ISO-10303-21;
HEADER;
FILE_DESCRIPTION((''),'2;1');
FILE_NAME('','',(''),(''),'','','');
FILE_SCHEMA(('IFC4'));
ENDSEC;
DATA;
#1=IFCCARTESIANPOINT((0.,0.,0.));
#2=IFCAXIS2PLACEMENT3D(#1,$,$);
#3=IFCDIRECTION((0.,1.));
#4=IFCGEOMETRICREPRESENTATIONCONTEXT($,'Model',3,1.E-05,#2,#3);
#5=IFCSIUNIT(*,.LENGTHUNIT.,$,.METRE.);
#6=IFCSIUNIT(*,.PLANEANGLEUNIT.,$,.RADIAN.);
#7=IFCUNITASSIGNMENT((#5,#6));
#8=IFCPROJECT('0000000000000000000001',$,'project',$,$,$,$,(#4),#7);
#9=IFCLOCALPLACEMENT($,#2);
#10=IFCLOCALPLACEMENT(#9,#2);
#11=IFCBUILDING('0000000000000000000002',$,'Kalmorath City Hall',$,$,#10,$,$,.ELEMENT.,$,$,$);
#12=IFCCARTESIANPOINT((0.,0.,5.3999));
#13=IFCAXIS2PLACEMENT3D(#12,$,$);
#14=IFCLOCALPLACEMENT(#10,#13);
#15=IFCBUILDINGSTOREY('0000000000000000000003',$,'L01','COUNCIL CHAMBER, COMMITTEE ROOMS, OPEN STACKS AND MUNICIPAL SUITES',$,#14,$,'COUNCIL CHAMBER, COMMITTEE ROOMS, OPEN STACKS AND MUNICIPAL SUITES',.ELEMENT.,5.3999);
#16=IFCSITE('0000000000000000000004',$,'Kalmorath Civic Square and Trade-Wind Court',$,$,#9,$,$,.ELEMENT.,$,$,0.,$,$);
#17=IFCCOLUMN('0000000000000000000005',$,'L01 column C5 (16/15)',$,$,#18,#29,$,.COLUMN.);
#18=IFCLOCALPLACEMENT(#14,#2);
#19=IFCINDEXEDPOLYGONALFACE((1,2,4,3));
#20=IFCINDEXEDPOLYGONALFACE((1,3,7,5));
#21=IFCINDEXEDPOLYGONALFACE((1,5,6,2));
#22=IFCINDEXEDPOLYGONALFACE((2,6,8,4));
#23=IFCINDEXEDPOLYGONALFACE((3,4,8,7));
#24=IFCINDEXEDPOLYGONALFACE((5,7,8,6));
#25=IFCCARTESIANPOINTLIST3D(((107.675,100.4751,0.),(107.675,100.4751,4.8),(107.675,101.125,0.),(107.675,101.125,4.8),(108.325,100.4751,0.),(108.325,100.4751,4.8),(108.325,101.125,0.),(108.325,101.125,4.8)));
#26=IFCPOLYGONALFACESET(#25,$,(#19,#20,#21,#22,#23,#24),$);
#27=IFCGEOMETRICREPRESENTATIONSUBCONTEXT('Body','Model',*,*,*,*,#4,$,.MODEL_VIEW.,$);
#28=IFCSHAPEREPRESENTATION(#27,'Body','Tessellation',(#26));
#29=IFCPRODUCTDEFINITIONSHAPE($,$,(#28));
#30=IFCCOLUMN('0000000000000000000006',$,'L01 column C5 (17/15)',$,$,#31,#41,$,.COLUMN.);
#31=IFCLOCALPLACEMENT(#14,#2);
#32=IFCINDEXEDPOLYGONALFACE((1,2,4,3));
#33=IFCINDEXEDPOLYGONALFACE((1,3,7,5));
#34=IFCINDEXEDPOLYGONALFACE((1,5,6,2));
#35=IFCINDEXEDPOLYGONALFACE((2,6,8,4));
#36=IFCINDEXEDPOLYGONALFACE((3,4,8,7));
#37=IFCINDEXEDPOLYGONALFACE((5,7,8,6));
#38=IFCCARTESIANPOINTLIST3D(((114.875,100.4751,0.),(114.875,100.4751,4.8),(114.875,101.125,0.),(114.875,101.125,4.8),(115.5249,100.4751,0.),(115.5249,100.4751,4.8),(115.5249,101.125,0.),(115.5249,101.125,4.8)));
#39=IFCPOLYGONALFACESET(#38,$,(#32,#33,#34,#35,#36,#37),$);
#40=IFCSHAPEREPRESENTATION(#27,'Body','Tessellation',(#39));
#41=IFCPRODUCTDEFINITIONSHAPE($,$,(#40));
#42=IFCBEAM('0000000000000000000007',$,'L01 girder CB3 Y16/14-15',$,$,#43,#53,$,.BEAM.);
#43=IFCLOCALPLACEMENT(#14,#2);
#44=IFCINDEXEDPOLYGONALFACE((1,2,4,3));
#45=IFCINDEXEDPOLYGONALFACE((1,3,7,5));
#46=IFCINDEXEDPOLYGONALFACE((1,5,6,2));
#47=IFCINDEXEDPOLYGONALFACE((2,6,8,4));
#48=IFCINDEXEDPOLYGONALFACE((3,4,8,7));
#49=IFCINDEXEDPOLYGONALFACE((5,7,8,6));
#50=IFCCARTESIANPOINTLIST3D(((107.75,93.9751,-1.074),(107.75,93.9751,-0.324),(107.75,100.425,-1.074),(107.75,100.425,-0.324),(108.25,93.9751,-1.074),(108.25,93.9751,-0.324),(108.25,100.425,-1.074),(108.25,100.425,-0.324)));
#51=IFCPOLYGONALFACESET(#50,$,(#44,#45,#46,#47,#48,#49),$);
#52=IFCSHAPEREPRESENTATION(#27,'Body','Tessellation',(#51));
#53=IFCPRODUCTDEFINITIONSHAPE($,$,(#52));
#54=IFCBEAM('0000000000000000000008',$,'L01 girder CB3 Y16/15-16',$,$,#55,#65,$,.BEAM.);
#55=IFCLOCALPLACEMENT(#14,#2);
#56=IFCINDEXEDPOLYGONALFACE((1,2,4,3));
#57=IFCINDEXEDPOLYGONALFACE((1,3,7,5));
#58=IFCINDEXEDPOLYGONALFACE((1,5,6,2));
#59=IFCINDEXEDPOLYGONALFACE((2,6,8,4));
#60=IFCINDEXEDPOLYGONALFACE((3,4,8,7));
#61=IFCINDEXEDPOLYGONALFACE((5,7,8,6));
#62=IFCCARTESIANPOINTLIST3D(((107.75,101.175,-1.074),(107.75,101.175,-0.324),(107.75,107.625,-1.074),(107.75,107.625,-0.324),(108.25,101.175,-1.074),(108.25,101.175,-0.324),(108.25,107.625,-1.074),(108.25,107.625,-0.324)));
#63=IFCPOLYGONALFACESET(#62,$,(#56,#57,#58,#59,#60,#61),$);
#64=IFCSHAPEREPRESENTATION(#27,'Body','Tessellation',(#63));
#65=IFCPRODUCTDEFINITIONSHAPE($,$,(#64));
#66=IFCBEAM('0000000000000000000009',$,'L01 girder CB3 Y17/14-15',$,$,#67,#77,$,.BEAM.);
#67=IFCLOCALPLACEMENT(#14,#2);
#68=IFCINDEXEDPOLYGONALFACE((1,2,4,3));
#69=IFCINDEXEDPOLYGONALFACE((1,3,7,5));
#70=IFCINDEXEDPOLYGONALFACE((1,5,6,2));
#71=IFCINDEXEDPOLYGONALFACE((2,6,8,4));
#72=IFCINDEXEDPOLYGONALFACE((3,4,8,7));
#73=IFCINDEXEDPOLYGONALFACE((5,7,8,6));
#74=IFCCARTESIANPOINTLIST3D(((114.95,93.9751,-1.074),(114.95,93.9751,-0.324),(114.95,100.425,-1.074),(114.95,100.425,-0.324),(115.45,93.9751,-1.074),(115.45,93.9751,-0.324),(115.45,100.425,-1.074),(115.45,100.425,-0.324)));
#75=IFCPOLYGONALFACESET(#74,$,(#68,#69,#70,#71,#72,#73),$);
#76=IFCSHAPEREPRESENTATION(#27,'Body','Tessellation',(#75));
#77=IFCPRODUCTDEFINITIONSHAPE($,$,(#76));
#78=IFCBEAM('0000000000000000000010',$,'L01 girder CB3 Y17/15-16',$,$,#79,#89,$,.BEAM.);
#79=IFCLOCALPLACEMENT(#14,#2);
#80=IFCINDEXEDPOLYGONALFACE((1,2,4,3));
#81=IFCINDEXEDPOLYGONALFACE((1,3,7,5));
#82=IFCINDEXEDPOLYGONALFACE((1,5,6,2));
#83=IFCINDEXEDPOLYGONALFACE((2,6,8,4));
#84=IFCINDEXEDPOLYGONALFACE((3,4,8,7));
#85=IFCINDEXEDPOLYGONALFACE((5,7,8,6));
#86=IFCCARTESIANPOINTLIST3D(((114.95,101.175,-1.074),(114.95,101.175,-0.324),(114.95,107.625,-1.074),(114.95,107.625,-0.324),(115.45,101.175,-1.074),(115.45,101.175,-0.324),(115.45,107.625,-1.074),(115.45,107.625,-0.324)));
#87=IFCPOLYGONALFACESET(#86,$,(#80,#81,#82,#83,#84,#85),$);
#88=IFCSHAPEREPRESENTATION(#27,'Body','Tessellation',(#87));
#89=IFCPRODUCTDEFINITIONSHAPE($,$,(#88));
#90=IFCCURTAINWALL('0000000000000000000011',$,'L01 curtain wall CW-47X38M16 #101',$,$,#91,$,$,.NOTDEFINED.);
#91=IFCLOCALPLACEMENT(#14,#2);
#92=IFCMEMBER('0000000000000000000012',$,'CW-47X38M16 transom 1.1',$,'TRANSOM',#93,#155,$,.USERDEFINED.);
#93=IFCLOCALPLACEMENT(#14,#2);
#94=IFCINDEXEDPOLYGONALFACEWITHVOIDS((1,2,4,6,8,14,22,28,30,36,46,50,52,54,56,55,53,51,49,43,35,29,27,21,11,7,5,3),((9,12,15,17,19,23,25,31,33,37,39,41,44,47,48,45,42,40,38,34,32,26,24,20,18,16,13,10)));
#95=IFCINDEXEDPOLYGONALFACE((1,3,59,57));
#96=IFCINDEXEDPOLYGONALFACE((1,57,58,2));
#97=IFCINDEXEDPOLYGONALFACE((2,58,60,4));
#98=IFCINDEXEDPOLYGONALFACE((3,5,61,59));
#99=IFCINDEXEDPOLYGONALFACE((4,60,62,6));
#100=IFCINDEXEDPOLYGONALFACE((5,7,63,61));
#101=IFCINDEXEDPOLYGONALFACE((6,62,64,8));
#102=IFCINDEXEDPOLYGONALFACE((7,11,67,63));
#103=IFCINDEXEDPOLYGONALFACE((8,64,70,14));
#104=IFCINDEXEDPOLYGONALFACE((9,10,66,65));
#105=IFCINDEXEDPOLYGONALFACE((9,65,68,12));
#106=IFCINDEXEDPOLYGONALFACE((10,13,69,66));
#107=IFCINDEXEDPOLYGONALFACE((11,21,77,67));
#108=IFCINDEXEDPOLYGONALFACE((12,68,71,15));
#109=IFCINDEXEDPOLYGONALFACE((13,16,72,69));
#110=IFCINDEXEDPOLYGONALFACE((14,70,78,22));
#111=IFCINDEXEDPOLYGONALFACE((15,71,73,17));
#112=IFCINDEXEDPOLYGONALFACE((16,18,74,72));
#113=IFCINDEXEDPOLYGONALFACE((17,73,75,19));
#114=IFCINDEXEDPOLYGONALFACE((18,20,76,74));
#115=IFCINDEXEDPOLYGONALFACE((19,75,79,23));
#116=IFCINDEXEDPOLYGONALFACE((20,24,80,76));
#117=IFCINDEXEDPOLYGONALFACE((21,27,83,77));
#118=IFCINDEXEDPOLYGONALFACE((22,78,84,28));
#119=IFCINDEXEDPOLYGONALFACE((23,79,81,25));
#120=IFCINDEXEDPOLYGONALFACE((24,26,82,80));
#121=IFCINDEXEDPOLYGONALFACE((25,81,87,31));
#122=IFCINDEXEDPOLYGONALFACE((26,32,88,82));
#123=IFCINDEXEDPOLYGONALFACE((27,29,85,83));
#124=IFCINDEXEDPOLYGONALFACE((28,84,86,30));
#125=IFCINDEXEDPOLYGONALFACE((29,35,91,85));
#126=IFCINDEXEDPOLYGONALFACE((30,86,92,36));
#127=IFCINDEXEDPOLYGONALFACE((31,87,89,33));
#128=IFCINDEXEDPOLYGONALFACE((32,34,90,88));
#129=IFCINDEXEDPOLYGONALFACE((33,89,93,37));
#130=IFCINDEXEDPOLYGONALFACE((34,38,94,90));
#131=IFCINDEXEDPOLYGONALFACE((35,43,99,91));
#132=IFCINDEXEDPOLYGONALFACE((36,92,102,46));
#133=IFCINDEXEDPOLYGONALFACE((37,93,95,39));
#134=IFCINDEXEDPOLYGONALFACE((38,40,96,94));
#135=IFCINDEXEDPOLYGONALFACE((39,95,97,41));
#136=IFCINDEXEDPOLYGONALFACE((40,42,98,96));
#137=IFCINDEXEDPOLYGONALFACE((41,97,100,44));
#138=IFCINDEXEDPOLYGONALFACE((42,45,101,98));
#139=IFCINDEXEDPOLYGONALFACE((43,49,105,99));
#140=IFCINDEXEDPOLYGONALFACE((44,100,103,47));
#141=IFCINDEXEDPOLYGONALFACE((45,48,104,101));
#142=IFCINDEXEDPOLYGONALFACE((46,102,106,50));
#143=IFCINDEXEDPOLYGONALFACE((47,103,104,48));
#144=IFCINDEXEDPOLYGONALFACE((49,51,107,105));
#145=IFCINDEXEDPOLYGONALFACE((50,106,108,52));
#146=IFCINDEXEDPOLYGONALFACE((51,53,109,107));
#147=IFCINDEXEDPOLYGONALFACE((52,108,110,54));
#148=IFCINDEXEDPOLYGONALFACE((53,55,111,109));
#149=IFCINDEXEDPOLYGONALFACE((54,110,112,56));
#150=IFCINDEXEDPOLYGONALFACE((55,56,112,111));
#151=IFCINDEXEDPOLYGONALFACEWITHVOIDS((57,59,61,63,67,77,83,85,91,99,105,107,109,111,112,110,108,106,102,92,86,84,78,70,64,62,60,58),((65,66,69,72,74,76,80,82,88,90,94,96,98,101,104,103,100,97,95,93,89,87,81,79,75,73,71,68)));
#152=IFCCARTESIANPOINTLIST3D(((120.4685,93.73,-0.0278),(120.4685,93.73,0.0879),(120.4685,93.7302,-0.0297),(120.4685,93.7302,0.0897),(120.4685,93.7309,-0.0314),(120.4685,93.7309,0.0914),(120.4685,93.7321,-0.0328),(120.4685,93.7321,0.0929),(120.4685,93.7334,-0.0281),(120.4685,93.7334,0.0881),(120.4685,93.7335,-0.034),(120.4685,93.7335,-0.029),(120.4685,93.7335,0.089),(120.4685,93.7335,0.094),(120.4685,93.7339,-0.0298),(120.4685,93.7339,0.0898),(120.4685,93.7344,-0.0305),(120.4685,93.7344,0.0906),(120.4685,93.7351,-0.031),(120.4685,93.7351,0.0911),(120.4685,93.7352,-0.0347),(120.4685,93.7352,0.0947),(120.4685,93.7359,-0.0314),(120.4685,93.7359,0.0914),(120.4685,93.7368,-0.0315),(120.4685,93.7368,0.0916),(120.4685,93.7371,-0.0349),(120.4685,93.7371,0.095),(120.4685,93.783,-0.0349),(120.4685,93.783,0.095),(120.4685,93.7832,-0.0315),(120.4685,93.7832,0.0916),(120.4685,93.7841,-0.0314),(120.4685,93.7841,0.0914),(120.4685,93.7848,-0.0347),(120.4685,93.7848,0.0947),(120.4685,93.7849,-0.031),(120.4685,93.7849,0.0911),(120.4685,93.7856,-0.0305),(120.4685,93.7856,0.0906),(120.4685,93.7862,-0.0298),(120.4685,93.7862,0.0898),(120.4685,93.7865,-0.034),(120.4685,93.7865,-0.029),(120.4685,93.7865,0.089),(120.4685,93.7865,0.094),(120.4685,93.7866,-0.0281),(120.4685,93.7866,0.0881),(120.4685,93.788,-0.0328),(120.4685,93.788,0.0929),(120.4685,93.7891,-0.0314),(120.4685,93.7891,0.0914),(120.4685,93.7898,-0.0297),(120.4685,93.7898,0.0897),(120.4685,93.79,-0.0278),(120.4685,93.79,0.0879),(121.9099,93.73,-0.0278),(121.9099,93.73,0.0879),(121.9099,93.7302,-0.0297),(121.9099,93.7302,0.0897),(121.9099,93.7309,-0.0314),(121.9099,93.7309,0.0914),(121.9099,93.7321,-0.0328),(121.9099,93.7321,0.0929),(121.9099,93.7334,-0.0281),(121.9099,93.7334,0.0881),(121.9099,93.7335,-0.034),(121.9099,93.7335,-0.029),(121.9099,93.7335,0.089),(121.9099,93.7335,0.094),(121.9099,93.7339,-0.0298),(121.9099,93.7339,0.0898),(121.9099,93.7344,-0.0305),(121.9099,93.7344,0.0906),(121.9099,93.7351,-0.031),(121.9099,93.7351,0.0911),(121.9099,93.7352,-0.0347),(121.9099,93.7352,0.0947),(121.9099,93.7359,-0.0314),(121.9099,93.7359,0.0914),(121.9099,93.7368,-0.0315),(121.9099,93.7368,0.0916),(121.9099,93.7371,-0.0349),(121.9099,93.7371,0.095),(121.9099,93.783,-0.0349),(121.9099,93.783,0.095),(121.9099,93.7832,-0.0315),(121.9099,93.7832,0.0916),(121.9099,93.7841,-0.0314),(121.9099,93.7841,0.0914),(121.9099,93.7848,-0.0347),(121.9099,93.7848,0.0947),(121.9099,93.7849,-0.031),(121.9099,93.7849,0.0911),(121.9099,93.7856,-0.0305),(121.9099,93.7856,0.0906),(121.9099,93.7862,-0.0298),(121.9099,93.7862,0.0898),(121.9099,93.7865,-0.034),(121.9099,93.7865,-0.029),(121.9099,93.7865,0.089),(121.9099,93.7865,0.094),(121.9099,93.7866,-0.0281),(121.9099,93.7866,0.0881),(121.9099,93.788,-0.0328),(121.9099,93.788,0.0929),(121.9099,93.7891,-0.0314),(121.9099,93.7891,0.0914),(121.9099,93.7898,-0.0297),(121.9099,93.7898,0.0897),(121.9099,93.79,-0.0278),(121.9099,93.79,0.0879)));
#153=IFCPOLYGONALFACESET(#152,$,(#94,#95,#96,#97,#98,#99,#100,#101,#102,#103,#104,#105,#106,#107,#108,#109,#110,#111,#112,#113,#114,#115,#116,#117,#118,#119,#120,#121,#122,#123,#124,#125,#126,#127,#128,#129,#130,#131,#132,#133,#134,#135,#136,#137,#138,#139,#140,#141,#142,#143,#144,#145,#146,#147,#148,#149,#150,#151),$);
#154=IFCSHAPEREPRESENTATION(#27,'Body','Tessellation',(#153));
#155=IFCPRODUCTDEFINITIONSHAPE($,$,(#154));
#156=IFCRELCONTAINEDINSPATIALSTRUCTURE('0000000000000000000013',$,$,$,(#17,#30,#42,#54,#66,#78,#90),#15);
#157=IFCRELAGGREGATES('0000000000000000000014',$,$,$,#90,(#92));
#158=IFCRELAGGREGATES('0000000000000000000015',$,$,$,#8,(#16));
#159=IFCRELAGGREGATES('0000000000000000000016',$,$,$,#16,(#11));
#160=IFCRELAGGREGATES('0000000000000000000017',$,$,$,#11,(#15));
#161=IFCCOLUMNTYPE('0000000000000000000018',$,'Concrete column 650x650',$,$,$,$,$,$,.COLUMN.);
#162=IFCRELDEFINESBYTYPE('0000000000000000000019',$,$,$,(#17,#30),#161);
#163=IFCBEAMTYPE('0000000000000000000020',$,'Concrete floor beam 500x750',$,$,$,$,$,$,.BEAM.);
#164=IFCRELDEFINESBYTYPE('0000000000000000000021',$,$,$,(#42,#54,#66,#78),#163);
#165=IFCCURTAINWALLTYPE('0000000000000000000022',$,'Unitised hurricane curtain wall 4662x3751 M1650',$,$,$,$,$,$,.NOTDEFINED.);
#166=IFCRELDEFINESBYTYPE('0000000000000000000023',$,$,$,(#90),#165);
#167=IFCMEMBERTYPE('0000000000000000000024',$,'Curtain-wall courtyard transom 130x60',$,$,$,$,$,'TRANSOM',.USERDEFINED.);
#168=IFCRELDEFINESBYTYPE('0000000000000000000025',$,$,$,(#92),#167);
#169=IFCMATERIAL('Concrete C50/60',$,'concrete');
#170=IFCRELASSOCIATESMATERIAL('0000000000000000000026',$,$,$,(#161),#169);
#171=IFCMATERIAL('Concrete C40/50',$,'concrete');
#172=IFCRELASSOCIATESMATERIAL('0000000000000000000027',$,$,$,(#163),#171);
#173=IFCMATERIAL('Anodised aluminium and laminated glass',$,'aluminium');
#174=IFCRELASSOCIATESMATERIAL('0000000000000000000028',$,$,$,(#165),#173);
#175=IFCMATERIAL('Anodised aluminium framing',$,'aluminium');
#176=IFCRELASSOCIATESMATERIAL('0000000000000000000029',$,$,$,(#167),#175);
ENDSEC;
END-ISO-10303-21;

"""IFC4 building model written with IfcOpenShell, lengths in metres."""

from ifc_helpers import new_model, si_unit, direction, frame, origin, origin_2d, place, context, subcontext, project, spatial, rectangle, hollow_rectangle, extrude, material, material_profile, profile_set, type_object, element, aggregate, save


model = new_model("IFC4")

# Units and contexts
model_context = context("Model", 3, precision=1e-05, world=origin(), true_north=direction((0.0, 1.0)))
body_context = subcontext(model_context, "Body", "Model", "MODEL_VIEW")
ifc_project = project(units=[si_unit("LENGTHUNIT", "METRE"), si_unit("PLANEANGLEUNIT", "RADIAN")], contexts=[model_context])

# Site, building, storey
site_placement = place(None, origin())
site = spatial("IfcSite", under=ifc_project, at=site_placement, Name="Kalmorath Civic Square and Trade-Wind Court", CompositionType="ELEMENT", RefElevation=0.0)
building_placement = place(site_placement, origin())
building = spatial("IfcBuilding", under=site, at=building_placement, Name="Kalmorath City Hall", CompositionType="ELEMENT")
storey_placement = place(building_placement, frame((0.0, 0.0, 5.3999)))
storey = spatial("IfcBuildingStorey", under=building, at=storey_placement, Name="L01", Description="COUNCIL CHAMBER, COMMITTEE ROOMS, OPEN STACKS AND MUNICIPAL SUITES", LongName="COUNCIL CHAMBER, COMMITTEE ROOMS, OPEN STACKS AND MUNICIPAL SUITES", CompositionType="ELEMENT", Elevation=5.3999)

# Columns
ifc_material_1 = material(Name="Concrete C50/60", Category="concrete")
ifc_material_profile_1 = material_profile(ifc_material_1, rectangle(XDim=0.6499, YDim=0.6499, at=origin_2d()), Name="RC-COL-650X650")
ifc_profile_set_1 = profile_set([ifc_material_profile_1], Name="Concrete C50/60")
column_type = type_object("IfcColumnType", Name="Concrete column 650x650", PredefinedType="COLUMN", material=ifc_profile_set_1)
for number, where, z_axis, x_axis, name in (
    (1, (108.0, 100.8, 0.0), (0.0, 0.0, 1.0), (1.0, 0.0, 0.0), "L01 column C5 (16/15)"),
    (2, (115.2, 100.8, 0.0), (0.0, 0.0, 1.0), (1.0, 0.0, 0.0), "L01 column C5 (17/15)"),
):
    element("IfcColumn", number, at=place(storey_placement, frame(where, z_axis=z_axis, x_axis=x_axis)), inside=storey, type_object=column_type, Name=name, PredefinedType="COLUMN", context=body_context, shape_type="SweptSolid", body=[
        extrude(rectangle(XDim=0.6499, YDim=0.6499, at=origin_2d()), origin(), (0.0, 0.0, 1.0), 4.8),
    ])

# Beams
ifc_material_2 = material(Name="Concrete C40/50", Category="concrete")
ifc_material_profile_2 = material_profile(ifc_material_2, rectangle(XDim=0.5, YDim=0.75, at=origin_2d()), Name="RC-BM-500X750")
ifc_profile_set_2 = profile_set([ifc_material_profile_2], Name="Concrete C40/50")
beam_type_1 = type_object("IfcBeamType", Name="Concrete floor beam 500x750", PredefinedType="BEAM", material=ifc_profile_set_2)
for number, where, z_axis, x_axis, name in (
    (3, (108.0, 93.9751, -0.699), (0.0, 1.0, 0.0), (-1.0, 0.0, 0.0), "L01 girder CB3 Y16/14-15"),
    (4, (108.0, 101.175, -0.699), (0.0, 1.0, 0.0), (-1.0, 0.0, 0.0), "L01 girder CB3 Y16/15-16"),
    (5, (115.2, 93.9751, -0.699), (0.0, 1.0, 0.0), (-1.0, 0.0, 0.0), "L01 girder CB3 Y17/14-15"),
    (6, (115.2, 101.175, -0.699), (0.0, 1.0, 0.0), (-1.0, 0.0, 0.0), "L01 girder CB3 Y17/15-16"),
):
    element("IfcBeam", number, at=place(storey_placement, frame(where, z_axis=z_axis, x_axis=x_axis)), inside=storey, type_object=beam_type_1, Name=name, PredefinedType="BEAM", context=body_context, shape_type="SweptSolid", body=[
        extrude(rectangle(XDim=0.5, YDim=0.75, at=origin_2d()), origin(), (0.0, 0.0, 1.0), 6.45),
    ])

# Curtain wall, member
ifc_material_3 = material(Name="Anodised aluminium and laminated glass", Category="aluminium")
curtain_wall_type = type_object("IfcCurtainWallType", Name="Unitised hurricane curtain wall 4662x3751 M1650", PredefinedType="NOTDEFINED", material=ifc_material_3)
curtain_wall_placement = place(storey_placement, origin())
curtain_wall = element("IfcCurtainWall", 7, at=curtain_wall_placement, inside=storey, type_object=curtain_wall_type, Name="L01 curtain wall CW-47X38M16 #101", PredefinedType="NOTDEFINED")
ifc_material_4 = material(Name="Anodised aluminium framing", Category="aluminium")
ifc_material_profile_3 = material_profile(ifc_material_4, hollow_rectangle(XDim=0.0601, YDim=0.1299, WallThickness=0.0034, InnerFilletRadius=0.0034, OuterFilletRadius=0.0071, at=origin_2d()), Name="ALU-TRN-130X60X3.5")
ifc_profile_set_3 = profile_set([ifc_material_profile_3], Name="Anodised aluminium framing")
member_type_1 = type_object("IfcMemberType", Name="Curtain-wall courtyard transom 130x60", ElementType="TRANSOM", PredefinedType="USERDEFINED", material=ifc_profile_set_3)
member_1_placement = place(storey_placement, frame((121.9099, 93.76, 0.03), z_axis=(-1.0, 0.0, 0.0), x_axis=(0.0, -1.0, 0.0)))
member_1 = element("IfcMember", 8, at=member_1_placement, type_object=member_type_1, Name="CW-47X38M16 transom 1.1", ObjectType="TRANSOM", PredefinedType="USERDEFINED", context=body_context, shape_type="SweptSolid", body=[
    extrude(hollow_rectangle(XDim=0.0601, YDim=0.1299, WallThickness=0.0034, InnerFilletRadius=0.0034, OuterFilletRadius=0.0071, at=origin_2d()), origin(), (0.0, 0.0, 1.0), 1.4414),
])

aggregate(curtain_wall, [member_1])

save(model, "model.ifc")
